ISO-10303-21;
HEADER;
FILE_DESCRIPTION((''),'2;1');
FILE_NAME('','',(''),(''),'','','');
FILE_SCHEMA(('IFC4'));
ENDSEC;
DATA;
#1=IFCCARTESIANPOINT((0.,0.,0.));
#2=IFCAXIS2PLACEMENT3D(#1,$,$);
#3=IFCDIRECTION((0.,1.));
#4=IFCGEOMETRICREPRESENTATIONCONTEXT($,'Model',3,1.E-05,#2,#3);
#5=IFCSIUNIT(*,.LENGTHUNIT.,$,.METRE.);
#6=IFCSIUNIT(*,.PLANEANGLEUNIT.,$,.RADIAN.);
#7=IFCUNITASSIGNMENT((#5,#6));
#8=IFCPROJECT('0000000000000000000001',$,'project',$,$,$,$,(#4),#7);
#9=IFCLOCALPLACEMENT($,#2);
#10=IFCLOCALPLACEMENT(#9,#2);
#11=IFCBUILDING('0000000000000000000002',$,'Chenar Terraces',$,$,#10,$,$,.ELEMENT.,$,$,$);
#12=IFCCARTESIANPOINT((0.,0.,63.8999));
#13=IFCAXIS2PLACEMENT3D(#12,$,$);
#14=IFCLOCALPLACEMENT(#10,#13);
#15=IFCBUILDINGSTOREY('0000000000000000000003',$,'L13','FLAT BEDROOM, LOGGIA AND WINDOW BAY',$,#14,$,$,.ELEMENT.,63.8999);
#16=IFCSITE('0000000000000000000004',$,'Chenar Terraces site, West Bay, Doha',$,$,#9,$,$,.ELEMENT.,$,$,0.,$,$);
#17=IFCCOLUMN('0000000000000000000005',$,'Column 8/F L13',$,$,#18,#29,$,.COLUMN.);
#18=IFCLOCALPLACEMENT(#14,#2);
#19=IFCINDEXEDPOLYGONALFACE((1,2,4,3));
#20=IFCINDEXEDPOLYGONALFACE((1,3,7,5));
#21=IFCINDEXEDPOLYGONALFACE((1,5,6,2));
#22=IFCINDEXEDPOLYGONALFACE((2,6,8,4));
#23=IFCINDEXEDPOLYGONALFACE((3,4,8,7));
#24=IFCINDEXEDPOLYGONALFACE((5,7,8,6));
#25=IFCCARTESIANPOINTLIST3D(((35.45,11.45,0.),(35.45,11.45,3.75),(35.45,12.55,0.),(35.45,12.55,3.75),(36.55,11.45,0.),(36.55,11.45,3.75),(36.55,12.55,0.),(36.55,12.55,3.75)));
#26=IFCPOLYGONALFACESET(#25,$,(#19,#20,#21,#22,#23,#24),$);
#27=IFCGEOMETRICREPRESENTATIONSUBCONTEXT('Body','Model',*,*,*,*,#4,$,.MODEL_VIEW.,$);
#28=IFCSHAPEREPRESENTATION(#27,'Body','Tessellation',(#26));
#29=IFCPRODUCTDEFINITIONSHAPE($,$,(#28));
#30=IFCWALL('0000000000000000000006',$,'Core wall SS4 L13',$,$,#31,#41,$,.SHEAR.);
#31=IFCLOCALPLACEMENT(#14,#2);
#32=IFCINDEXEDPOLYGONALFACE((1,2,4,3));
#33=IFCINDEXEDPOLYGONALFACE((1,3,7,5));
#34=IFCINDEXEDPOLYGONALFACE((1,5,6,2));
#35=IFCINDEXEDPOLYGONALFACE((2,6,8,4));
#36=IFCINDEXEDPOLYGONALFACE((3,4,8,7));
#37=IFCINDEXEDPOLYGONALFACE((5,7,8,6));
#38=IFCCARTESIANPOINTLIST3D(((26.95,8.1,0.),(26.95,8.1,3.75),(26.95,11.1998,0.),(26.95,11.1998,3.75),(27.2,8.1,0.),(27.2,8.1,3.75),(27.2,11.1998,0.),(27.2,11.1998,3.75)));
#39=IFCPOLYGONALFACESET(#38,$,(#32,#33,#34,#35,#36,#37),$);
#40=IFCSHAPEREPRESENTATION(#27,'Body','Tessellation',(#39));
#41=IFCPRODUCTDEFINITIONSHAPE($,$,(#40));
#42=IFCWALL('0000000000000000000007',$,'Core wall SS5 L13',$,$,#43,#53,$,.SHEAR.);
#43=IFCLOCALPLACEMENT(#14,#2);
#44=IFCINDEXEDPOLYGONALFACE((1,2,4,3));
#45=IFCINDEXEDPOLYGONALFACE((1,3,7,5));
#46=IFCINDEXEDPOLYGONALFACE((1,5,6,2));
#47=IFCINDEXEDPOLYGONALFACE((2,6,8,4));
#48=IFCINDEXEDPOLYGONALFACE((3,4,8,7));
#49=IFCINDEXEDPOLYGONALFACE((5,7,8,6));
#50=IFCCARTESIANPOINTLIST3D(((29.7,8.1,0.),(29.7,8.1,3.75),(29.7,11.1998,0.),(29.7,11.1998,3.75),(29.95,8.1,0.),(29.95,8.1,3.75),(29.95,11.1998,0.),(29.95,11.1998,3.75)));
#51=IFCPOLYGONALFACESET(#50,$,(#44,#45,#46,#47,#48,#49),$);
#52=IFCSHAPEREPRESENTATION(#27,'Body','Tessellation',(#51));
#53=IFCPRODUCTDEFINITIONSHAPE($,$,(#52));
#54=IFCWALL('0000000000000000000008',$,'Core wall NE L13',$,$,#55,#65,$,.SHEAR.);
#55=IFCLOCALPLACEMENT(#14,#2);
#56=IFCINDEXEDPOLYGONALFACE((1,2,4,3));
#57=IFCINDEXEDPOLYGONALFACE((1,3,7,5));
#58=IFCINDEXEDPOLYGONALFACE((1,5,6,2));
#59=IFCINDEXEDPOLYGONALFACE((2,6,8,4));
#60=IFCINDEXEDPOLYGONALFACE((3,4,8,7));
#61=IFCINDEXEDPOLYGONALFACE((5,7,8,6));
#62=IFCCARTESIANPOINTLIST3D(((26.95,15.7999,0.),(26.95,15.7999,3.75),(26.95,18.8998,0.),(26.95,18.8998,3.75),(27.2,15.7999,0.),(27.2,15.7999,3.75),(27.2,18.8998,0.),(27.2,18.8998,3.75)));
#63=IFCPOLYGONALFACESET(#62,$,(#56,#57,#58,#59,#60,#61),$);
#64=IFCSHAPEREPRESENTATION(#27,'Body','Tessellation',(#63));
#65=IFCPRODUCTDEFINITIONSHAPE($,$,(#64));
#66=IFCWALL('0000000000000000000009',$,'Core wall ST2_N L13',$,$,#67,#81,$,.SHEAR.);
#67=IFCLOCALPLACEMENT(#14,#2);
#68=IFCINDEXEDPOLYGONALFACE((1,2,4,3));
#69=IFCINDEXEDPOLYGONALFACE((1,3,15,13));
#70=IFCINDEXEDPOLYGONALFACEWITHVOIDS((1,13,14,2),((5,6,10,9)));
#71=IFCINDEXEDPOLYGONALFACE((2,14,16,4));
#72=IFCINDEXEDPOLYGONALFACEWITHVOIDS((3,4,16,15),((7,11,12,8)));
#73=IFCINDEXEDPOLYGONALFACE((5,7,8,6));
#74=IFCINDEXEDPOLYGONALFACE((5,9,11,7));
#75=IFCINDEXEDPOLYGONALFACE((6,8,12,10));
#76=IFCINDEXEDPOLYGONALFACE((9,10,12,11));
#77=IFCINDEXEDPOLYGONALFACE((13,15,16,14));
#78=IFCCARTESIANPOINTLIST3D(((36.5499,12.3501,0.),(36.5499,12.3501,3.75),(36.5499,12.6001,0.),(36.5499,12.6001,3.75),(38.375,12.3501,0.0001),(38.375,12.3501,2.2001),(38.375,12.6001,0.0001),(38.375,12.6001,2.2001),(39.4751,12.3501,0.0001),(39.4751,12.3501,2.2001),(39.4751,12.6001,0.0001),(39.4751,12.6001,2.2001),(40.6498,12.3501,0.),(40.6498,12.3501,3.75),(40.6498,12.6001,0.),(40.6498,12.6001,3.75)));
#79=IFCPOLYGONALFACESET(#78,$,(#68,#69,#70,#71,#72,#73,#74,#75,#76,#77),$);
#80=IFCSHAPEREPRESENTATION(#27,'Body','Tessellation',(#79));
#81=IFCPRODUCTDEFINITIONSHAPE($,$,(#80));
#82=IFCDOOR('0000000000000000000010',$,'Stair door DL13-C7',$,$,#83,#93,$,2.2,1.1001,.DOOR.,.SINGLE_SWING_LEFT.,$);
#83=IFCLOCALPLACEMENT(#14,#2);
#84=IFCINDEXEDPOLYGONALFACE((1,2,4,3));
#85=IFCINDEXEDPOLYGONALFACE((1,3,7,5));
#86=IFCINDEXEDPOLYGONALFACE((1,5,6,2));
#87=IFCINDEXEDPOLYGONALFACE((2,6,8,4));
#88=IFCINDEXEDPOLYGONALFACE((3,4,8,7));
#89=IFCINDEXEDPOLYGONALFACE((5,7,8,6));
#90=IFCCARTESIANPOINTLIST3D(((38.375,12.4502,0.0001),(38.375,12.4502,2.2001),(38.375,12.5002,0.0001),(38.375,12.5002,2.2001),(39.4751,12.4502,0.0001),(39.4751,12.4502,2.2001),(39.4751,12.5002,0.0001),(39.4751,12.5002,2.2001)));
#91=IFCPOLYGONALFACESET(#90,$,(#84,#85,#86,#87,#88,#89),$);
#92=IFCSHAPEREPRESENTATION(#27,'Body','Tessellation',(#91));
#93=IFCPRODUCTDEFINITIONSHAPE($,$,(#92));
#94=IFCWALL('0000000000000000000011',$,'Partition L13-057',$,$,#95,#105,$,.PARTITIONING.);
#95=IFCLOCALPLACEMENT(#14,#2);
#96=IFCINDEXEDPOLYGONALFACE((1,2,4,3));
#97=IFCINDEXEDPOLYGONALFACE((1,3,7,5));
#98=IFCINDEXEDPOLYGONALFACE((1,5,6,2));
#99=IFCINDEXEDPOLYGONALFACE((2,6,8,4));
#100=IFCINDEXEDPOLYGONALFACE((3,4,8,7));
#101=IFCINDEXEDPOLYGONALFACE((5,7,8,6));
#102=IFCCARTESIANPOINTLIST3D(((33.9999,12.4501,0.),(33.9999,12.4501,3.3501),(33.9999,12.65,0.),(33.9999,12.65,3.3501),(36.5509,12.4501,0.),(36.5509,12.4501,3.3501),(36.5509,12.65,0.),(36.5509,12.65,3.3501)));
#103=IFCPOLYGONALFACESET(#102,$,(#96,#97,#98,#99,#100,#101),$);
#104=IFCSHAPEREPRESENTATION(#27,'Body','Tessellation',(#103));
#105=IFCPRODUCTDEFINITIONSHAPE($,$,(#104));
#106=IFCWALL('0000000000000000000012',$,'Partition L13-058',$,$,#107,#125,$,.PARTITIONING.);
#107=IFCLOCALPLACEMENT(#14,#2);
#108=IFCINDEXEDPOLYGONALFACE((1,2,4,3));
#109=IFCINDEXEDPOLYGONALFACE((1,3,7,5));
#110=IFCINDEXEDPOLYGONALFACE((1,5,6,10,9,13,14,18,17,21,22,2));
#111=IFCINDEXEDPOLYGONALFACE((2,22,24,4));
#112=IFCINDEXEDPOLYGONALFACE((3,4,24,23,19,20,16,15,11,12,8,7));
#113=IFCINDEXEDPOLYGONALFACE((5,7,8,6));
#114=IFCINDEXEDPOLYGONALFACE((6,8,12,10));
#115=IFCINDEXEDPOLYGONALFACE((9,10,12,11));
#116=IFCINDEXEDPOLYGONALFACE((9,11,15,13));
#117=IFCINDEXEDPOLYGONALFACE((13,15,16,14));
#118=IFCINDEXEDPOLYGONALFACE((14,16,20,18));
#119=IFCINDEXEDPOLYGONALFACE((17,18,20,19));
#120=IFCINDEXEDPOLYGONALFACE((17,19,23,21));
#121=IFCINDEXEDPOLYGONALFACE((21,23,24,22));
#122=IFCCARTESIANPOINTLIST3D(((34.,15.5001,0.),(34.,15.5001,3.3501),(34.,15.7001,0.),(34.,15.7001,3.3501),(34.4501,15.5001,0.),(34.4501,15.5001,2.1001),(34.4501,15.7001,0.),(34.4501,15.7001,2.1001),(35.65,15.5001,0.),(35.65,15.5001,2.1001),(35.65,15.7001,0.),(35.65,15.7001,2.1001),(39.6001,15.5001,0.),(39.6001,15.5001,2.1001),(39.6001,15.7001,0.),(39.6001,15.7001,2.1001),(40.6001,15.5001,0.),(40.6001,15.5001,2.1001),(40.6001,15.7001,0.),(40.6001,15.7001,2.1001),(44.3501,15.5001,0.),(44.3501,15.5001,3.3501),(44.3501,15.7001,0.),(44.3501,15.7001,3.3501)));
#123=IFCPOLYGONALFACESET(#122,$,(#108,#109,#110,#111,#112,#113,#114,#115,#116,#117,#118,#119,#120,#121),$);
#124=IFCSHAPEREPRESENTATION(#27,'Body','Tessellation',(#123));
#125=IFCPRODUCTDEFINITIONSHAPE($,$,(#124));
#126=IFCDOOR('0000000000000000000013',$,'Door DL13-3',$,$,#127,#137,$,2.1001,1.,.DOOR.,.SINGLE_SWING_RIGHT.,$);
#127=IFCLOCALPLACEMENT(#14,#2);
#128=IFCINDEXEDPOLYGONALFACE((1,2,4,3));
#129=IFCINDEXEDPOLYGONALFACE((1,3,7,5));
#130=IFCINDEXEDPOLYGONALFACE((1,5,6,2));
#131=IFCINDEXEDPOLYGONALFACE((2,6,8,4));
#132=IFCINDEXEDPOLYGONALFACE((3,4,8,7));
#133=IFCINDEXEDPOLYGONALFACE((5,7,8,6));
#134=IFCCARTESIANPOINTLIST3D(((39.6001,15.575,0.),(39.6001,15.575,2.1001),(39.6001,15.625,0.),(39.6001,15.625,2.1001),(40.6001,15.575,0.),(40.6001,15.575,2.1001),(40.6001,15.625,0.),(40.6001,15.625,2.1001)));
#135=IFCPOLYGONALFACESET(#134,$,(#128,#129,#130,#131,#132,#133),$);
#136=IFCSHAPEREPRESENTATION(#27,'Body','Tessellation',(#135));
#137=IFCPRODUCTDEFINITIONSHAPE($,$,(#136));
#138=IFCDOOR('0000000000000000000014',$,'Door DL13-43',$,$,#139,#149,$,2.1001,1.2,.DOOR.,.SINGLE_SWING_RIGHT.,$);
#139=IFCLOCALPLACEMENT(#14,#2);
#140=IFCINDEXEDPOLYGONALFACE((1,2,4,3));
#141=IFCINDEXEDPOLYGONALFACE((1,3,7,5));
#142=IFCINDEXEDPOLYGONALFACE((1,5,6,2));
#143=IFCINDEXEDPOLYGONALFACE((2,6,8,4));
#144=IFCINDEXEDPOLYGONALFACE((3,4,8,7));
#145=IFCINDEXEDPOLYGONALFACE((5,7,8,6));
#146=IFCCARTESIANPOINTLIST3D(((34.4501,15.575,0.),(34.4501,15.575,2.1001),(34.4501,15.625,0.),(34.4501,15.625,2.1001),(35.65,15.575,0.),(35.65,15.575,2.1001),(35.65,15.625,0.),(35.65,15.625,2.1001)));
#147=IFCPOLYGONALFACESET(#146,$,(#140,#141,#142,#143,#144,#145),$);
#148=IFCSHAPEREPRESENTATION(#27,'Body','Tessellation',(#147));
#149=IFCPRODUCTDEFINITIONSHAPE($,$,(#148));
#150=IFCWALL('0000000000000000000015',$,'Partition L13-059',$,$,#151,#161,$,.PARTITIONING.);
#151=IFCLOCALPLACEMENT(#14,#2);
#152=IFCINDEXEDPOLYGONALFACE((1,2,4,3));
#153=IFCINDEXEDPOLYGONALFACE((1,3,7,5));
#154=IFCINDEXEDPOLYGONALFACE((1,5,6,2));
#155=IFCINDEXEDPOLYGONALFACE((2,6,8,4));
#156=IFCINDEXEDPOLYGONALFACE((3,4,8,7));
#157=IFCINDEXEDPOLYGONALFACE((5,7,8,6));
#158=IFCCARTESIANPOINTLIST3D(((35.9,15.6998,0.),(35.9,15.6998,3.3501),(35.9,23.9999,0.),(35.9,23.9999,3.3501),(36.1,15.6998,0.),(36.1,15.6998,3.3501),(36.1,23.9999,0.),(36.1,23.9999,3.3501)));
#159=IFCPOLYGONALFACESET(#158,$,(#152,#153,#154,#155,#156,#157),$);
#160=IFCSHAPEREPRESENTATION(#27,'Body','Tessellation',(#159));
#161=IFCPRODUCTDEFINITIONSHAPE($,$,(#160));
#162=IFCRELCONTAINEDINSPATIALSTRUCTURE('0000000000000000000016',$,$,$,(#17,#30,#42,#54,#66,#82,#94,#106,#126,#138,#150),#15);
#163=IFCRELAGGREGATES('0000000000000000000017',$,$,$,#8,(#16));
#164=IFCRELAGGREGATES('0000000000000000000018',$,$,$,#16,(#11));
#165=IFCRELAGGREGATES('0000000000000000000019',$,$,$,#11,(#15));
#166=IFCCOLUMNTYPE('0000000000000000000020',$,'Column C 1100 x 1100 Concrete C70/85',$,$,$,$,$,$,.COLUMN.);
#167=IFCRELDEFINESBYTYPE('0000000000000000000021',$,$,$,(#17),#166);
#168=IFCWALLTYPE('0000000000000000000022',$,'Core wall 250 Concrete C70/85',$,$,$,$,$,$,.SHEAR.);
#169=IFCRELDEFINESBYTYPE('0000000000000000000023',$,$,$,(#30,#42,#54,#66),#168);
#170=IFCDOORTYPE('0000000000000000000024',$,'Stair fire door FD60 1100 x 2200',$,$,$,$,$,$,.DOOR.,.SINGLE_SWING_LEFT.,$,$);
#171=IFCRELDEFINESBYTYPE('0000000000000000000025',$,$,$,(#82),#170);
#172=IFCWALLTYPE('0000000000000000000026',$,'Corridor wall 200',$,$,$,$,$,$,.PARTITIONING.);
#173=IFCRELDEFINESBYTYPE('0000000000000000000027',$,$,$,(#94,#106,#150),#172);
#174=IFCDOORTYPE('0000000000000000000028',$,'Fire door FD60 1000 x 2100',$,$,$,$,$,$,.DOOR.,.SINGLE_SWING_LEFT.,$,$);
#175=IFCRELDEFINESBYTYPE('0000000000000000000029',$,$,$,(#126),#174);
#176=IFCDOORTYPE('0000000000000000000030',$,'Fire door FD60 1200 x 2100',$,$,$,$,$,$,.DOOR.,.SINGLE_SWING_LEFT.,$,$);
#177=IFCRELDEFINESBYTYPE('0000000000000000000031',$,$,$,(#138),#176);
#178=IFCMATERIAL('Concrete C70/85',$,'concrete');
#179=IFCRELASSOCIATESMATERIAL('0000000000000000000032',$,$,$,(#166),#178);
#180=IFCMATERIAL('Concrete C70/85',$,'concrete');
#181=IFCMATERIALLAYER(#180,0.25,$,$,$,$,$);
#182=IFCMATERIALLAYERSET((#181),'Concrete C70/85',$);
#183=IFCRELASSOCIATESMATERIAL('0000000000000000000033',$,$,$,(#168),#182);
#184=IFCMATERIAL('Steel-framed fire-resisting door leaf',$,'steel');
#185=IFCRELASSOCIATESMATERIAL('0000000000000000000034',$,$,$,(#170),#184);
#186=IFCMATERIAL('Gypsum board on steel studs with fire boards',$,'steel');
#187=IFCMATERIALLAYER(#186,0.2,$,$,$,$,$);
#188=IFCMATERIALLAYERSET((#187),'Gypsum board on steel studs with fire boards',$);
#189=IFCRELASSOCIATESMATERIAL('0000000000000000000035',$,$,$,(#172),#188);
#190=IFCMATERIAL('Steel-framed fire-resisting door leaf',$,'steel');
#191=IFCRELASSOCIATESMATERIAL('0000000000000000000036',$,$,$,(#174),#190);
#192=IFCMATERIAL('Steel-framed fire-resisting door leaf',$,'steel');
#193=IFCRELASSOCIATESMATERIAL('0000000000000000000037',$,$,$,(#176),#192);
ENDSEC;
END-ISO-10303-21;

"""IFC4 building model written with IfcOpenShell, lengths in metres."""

from ifc_helpers import new_model, si_unit, direction, frame, frame_2d, origin, origin_2d, place, context, subcontext, project, spatial, rectangle, extrude, material, layer, layer_set, material_profile, profile_set, type_object, element, fill, save


model = new_model("IFC4")

# Units and contexts
model_context = context("Model", 3, precision=1e-05, world=origin(), true_north=direction((0.0, 1.0)))
body_context = subcontext(model_context, "Body", "Model", "MODEL_VIEW")
ifc_project = project(units=[si_unit("LENGTHUNIT", "METRE"), si_unit("PLANEANGLEUNIT", "RADIAN")], contexts=[model_context])

# Site, building, storey
site_placement = place(None, origin())
site = spatial("IfcSite", under=ifc_project, at=site_placement, Name="Chenar Terraces site, West Bay, Doha", CompositionType="ELEMENT", RefElevation=0.0)
building_placement = place(site_placement, origin())
building = spatial("IfcBuilding", under=site, at=building_placement, Name="Chenar Terraces", CompositionType="ELEMENT")
storey_placement = place(building_placement, frame((0.0, 0.0, 63.8999)))
storey = spatial("IfcBuildingStorey", under=building, at=storey_placement, Name="L13", Description="FLAT BEDROOM, LOGGIA AND WINDOW BAY", CompositionType="ELEMENT", Elevation=63.8999)

# Column
ifc_material_1 = material(Name="Concrete C70/85", Category="concrete")
ifc_material_profile = material_profile(ifc_material_1, rectangle(XDim=1.1001, YDim=1.1001, at=origin_2d()), Name="C 1100 x 1100")
ifc_profile_set = profile_set([ifc_material_profile], Name="Concrete C70/85")
column_type = type_object("IfcColumnType", Name="Column C 1100 x 1100 Concrete C70/85", PredefinedType="COLUMN", material=ifc_profile_set)
column_placement = place(storey_placement, frame((36.0, 12.0, 0.0), z_axis=(0.0, 0.0, 1.0), x_axis=(1.0, 0.0, 0.0)))
element("IfcColumn", 1, at=column_placement, inside=storey, type_object=column_type, Name="Column 8/F L13", PredefinedType="COLUMN", context=body_context, shape_type="SweptSolid", body=[
    extrude(rectangle(XDim=1.1001, YDim=1.1001, at=origin_2d()), origin(), (0.0, 0.0, 1.0), 3.75),
])

# Walls
ifc_material_2 = material(Name="Concrete C70/85", Category="concrete")
ifc_layer_1 = layer(ifc_material_2, 0.25)
ifc_layer_set_1 = layer_set([ifc_layer_1], Name="Concrete C70/85")
wall_type_1 = type_object("IfcWallType", Name="Core wall 250 Concrete C70/85", PredefinedType="SHEAR", material=ifc_layer_set_1)
for number, where, z_axis, x_axis, name in (
    (2, (27.075, 8.1001, 0.0), (0.0, 0.0, 1.0), (0.0, 1.0, 0.0), "Core wall SS4 L13"),
    (3, (29.825, 8.1001, 0.0), (0.0, 0.0, 1.0), (0.0, 1.0, 0.0), "Core wall SS5 L13"),
    (4, (27.075, 15.8, 0.0), (0.0, 0.0, 1.0), (0.0, 1.0, 0.0), "Core wall NE L13"),
):
    element("IfcWall", number, at=place(storey_placement, frame(where, z_axis=z_axis, x_axis=x_axis)), inside=storey, type_object=wall_type_1, Name=name, PredefinedType="SHEAR", context=body_context, shape_type="SweptSolid", body=[
        extrude(rectangle(XDim=3.0999, YDim=0.25, at=frame_2d((1.5498, 0.0))), origin(), (0.0, 0.0, 1.0), 3.75),
    ])

# Wall, opening, door
wall_1_placement = place(storey_placement, frame((36.55, 12.4751, 0.0), z_axis=(0.0, 0.0, 1.0), x_axis=(1.0, 0.0, 0.0)))
wall_1 = element("IfcWall", 5, at=wall_1_placement, inside=storey, type_object=wall_type_1, Name="Core wall ST2_N L13", PredefinedType="SHEAR", context=body_context, shape_type="SweptSolid", body=[
    extrude(rectangle(XDim=4.0999, YDim=0.25, at=frame_2d((2.0498, 0.0))), origin(), (0.0, 0.0, 1.0), 3.75),
])
opening_1_placement = place(wall_1_placement, frame((1.825, 0.0, 0.0)))
opening_1 = element("IfcOpeningElement", 6, at=opening_1_placement, cuts=wall_1, PredefinedType="OPENING", context=body_context, shape_type="SweptSolid", body=[
    extrude(rectangle(XDim=1.1001, YDim=2.2, at=frame_2d((0.55, 1.1001))), frame((0.0, 0.135, 0.0), z_axis=(0.0, -1.0, 0.0), x_axis=(1.0, 0.0, 0.0)), (0.0, 0.0, 1.0), 0.27),
])
ifc_material_3 = material(Name="Steel-framed fire-resisting door leaf", Category="steel")
door_type_1 = type_object("IfcDoorType", Name="Stair fire door FD60 1100 x 2200", OperationType="SINGLE_SWING_LEFT", PredefinedType="DOOR", material=ifc_material_3)
door_1_placement = place(opening_1_placement, frame((1.1001, 0.0, 0.0), z_axis=(0.0, 0.0, 1.0), x_axis=(-1.0, 0.0, 0.0)))
door_1 = element("IfcDoor", 7, at=door_1_placement, inside=storey, type_object=door_type_1, Name="Stair door DL13-C7", OperationType="SINGLE_SWING_LEFT", OverallHeight=2.2, OverallWidth=1.1001, PredefinedType="DOOR", context=body_context, shape_type="SweptSolid", body=[
    extrude(rectangle(XDim=1.1001, YDim=2.2, at=frame_2d((0.55, 1.1001))), frame((0.0, 0.0249, 0.0), z_axis=(0.0, -1.0, 0.0), x_axis=(1.0, 0.0, 0.0)), (0.0, 0.0, 1.0), 0.05),
])
fill(opening_1, door_1)

# Wall
ifc_material_4 = material(Name="Gypsum board on steel studs with fire boards", Category="steel")
ifc_layer_2 = layer(ifc_material_4, 0.2)
ifc_layer_set_2 = layer_set([ifc_layer_2], Name="Gypsum board on steel studs with fire boards")
wall_type_2 = type_object("IfcWallType", Name="Corridor wall 200", PredefinedType="PARTITIONING", material=ifc_layer_set_2)
wall_2_placement = place(storey_placement, frame((34.0, 12.55, 0.0), z_axis=(0.0, 0.0, 1.0), x_axis=(1.0, 0.0, 0.0)))
element("IfcWall", 8, at=wall_2_placement, inside=storey, type_object=wall_type_2, Name="Partition L13-057", PredefinedType="PARTITIONING", context=body_context, shape_type="SweptSolid", body=[
    extrude(rectangle(XDim=2.551, YDim=0.2, at=frame_2d((1.2754, 0.0))), origin(), (0.0, 0.0, 1.0), 3.3501),
])

# Wall, openings, doors
wall_3_placement = place(storey_placement, frame((34.0, 15.6001, 0.0), z_axis=(0.0, 0.0, 1.0), x_axis=(1.0, 0.0, 0.0)))
wall_3 = element("IfcWall", 9, at=wall_3_placement, inside=storey, type_object=wall_type_2, Name="Partition L13-058", PredefinedType="PARTITIONING", context=body_context, shape_type="SweptSolid", body=[
    extrude(rectangle(XDim=10.3501, YDim=0.2, at=frame_2d((5.175, 0.0))), origin(), (0.0, 0.0, 1.0), 3.3501),
])
opening_2_placement = place(wall_3_placement, frame((5.6001, 0.0, 0.0)))
opening_2 = element("IfcOpeningElement", 10, at=opening_2_placement, cuts=wall_3, PredefinedType="OPENING", context=body_context, shape_type="SweptSolid", body=[
    extrude(rectangle(XDim=1.0, YDim=2.1001, at=frame_2d((0.5, 1.05))), frame((0.0, 0.1099, 0.0), z_axis=(0.0, -1.0, 0.0), x_axis=(1.0, 0.0, 0.0)), (0.0, 0.0, 1.0), 0.22),
])
opening_3_placement = place(wall_3_placement, frame((0.45, 0.0, 0.0)))
opening_3 = element("IfcOpeningElement", 11, at=opening_3_placement, cuts=wall_3, PredefinedType="OPENING", context=body_context, shape_type="SweptSolid", body=[
    extrude(rectangle(XDim=1.2, YDim=2.1001, at=frame_2d((0.6001, 1.05))), frame((0.0, 0.1099, 0.0), z_axis=(0.0, -1.0, 0.0), x_axis=(1.0, 0.0, 0.0)), (0.0, 0.0, 1.0), 0.22),
])
ifc_material_5 = material(Name="Steel-framed fire-resisting door leaf", Category="steel")
door_type_2 = type_object("IfcDoorType", Name="Fire door FD60 1000 x 2100", OperationType="SINGLE_SWING_LEFT", PredefinedType="DOOR", material=ifc_material_5)
door_2_placement = place(opening_2_placement, origin())
door_2 = element("IfcDoor", 12, at=door_2_placement, inside=storey, type_object=door_type_2, Name="Door DL13-3", OperationType="SINGLE_SWING_RIGHT", OverallHeight=2.1001, OverallWidth=1.0, PredefinedType="DOOR", context=body_context, shape_type="SweptSolid", body=[
    extrude(rectangle(XDim=1.0, YDim=2.1001, at=frame_2d((0.5, 1.05))), frame((0.0, 0.0249, 0.0), z_axis=(0.0, -1.0, 0.0), x_axis=(1.0, 0.0, 0.0)), (0.0, 0.0, 1.0), 0.05),
])
fill(opening_2, door_2)
ifc_material_6 = material(Name="Steel-framed fire-resisting door leaf", Category="steel")
door_type_3 = type_object("IfcDoorType", Name="Fire door FD60 1200 x 2100", OperationType="SINGLE_SWING_LEFT", PredefinedType="DOOR", material=ifc_material_6)
door_3_placement = place(opening_3_placement, origin())
door_3 = element("IfcDoor", 13, at=door_3_placement, inside=storey, type_object=door_type_3, Name="Door DL13-43", OperationType="SINGLE_SWING_RIGHT", OverallHeight=2.1001, OverallWidth=1.2, PredefinedType="DOOR", context=body_context, shape_type="SweptSolid", body=[
    extrude(rectangle(XDim=1.2, YDim=2.1001, at=frame_2d((0.6001, 1.05))), frame((0.0, 0.0249, 0.0), z_axis=(0.0, -1.0, 0.0), x_axis=(1.0, 0.0, 0.0)), (0.0, 0.0, 1.0), 0.05),
])
fill(opening_3, door_3)

# Wall
wall_4_placement = place(storey_placement, frame((36.0, 15.7, 0.0), z_axis=(0.0, 0.0, 1.0), x_axis=(0.0, 1.0, 0.0)))
element("IfcWall", 14, at=wall_4_placement, inside=storey, type_object=wall_type_2, Name="Partition L13-059", PredefinedType="PARTITIONING", context=body_context, shape_type="SweptSolid", body=[
    extrude(rectangle(XDim=8.3, YDim=0.2, at=frame_2d((4.1499, 0.0))), origin(), (0.0, 0.0, 1.0), 3.3501),
])

save(model, "model.ifc")
